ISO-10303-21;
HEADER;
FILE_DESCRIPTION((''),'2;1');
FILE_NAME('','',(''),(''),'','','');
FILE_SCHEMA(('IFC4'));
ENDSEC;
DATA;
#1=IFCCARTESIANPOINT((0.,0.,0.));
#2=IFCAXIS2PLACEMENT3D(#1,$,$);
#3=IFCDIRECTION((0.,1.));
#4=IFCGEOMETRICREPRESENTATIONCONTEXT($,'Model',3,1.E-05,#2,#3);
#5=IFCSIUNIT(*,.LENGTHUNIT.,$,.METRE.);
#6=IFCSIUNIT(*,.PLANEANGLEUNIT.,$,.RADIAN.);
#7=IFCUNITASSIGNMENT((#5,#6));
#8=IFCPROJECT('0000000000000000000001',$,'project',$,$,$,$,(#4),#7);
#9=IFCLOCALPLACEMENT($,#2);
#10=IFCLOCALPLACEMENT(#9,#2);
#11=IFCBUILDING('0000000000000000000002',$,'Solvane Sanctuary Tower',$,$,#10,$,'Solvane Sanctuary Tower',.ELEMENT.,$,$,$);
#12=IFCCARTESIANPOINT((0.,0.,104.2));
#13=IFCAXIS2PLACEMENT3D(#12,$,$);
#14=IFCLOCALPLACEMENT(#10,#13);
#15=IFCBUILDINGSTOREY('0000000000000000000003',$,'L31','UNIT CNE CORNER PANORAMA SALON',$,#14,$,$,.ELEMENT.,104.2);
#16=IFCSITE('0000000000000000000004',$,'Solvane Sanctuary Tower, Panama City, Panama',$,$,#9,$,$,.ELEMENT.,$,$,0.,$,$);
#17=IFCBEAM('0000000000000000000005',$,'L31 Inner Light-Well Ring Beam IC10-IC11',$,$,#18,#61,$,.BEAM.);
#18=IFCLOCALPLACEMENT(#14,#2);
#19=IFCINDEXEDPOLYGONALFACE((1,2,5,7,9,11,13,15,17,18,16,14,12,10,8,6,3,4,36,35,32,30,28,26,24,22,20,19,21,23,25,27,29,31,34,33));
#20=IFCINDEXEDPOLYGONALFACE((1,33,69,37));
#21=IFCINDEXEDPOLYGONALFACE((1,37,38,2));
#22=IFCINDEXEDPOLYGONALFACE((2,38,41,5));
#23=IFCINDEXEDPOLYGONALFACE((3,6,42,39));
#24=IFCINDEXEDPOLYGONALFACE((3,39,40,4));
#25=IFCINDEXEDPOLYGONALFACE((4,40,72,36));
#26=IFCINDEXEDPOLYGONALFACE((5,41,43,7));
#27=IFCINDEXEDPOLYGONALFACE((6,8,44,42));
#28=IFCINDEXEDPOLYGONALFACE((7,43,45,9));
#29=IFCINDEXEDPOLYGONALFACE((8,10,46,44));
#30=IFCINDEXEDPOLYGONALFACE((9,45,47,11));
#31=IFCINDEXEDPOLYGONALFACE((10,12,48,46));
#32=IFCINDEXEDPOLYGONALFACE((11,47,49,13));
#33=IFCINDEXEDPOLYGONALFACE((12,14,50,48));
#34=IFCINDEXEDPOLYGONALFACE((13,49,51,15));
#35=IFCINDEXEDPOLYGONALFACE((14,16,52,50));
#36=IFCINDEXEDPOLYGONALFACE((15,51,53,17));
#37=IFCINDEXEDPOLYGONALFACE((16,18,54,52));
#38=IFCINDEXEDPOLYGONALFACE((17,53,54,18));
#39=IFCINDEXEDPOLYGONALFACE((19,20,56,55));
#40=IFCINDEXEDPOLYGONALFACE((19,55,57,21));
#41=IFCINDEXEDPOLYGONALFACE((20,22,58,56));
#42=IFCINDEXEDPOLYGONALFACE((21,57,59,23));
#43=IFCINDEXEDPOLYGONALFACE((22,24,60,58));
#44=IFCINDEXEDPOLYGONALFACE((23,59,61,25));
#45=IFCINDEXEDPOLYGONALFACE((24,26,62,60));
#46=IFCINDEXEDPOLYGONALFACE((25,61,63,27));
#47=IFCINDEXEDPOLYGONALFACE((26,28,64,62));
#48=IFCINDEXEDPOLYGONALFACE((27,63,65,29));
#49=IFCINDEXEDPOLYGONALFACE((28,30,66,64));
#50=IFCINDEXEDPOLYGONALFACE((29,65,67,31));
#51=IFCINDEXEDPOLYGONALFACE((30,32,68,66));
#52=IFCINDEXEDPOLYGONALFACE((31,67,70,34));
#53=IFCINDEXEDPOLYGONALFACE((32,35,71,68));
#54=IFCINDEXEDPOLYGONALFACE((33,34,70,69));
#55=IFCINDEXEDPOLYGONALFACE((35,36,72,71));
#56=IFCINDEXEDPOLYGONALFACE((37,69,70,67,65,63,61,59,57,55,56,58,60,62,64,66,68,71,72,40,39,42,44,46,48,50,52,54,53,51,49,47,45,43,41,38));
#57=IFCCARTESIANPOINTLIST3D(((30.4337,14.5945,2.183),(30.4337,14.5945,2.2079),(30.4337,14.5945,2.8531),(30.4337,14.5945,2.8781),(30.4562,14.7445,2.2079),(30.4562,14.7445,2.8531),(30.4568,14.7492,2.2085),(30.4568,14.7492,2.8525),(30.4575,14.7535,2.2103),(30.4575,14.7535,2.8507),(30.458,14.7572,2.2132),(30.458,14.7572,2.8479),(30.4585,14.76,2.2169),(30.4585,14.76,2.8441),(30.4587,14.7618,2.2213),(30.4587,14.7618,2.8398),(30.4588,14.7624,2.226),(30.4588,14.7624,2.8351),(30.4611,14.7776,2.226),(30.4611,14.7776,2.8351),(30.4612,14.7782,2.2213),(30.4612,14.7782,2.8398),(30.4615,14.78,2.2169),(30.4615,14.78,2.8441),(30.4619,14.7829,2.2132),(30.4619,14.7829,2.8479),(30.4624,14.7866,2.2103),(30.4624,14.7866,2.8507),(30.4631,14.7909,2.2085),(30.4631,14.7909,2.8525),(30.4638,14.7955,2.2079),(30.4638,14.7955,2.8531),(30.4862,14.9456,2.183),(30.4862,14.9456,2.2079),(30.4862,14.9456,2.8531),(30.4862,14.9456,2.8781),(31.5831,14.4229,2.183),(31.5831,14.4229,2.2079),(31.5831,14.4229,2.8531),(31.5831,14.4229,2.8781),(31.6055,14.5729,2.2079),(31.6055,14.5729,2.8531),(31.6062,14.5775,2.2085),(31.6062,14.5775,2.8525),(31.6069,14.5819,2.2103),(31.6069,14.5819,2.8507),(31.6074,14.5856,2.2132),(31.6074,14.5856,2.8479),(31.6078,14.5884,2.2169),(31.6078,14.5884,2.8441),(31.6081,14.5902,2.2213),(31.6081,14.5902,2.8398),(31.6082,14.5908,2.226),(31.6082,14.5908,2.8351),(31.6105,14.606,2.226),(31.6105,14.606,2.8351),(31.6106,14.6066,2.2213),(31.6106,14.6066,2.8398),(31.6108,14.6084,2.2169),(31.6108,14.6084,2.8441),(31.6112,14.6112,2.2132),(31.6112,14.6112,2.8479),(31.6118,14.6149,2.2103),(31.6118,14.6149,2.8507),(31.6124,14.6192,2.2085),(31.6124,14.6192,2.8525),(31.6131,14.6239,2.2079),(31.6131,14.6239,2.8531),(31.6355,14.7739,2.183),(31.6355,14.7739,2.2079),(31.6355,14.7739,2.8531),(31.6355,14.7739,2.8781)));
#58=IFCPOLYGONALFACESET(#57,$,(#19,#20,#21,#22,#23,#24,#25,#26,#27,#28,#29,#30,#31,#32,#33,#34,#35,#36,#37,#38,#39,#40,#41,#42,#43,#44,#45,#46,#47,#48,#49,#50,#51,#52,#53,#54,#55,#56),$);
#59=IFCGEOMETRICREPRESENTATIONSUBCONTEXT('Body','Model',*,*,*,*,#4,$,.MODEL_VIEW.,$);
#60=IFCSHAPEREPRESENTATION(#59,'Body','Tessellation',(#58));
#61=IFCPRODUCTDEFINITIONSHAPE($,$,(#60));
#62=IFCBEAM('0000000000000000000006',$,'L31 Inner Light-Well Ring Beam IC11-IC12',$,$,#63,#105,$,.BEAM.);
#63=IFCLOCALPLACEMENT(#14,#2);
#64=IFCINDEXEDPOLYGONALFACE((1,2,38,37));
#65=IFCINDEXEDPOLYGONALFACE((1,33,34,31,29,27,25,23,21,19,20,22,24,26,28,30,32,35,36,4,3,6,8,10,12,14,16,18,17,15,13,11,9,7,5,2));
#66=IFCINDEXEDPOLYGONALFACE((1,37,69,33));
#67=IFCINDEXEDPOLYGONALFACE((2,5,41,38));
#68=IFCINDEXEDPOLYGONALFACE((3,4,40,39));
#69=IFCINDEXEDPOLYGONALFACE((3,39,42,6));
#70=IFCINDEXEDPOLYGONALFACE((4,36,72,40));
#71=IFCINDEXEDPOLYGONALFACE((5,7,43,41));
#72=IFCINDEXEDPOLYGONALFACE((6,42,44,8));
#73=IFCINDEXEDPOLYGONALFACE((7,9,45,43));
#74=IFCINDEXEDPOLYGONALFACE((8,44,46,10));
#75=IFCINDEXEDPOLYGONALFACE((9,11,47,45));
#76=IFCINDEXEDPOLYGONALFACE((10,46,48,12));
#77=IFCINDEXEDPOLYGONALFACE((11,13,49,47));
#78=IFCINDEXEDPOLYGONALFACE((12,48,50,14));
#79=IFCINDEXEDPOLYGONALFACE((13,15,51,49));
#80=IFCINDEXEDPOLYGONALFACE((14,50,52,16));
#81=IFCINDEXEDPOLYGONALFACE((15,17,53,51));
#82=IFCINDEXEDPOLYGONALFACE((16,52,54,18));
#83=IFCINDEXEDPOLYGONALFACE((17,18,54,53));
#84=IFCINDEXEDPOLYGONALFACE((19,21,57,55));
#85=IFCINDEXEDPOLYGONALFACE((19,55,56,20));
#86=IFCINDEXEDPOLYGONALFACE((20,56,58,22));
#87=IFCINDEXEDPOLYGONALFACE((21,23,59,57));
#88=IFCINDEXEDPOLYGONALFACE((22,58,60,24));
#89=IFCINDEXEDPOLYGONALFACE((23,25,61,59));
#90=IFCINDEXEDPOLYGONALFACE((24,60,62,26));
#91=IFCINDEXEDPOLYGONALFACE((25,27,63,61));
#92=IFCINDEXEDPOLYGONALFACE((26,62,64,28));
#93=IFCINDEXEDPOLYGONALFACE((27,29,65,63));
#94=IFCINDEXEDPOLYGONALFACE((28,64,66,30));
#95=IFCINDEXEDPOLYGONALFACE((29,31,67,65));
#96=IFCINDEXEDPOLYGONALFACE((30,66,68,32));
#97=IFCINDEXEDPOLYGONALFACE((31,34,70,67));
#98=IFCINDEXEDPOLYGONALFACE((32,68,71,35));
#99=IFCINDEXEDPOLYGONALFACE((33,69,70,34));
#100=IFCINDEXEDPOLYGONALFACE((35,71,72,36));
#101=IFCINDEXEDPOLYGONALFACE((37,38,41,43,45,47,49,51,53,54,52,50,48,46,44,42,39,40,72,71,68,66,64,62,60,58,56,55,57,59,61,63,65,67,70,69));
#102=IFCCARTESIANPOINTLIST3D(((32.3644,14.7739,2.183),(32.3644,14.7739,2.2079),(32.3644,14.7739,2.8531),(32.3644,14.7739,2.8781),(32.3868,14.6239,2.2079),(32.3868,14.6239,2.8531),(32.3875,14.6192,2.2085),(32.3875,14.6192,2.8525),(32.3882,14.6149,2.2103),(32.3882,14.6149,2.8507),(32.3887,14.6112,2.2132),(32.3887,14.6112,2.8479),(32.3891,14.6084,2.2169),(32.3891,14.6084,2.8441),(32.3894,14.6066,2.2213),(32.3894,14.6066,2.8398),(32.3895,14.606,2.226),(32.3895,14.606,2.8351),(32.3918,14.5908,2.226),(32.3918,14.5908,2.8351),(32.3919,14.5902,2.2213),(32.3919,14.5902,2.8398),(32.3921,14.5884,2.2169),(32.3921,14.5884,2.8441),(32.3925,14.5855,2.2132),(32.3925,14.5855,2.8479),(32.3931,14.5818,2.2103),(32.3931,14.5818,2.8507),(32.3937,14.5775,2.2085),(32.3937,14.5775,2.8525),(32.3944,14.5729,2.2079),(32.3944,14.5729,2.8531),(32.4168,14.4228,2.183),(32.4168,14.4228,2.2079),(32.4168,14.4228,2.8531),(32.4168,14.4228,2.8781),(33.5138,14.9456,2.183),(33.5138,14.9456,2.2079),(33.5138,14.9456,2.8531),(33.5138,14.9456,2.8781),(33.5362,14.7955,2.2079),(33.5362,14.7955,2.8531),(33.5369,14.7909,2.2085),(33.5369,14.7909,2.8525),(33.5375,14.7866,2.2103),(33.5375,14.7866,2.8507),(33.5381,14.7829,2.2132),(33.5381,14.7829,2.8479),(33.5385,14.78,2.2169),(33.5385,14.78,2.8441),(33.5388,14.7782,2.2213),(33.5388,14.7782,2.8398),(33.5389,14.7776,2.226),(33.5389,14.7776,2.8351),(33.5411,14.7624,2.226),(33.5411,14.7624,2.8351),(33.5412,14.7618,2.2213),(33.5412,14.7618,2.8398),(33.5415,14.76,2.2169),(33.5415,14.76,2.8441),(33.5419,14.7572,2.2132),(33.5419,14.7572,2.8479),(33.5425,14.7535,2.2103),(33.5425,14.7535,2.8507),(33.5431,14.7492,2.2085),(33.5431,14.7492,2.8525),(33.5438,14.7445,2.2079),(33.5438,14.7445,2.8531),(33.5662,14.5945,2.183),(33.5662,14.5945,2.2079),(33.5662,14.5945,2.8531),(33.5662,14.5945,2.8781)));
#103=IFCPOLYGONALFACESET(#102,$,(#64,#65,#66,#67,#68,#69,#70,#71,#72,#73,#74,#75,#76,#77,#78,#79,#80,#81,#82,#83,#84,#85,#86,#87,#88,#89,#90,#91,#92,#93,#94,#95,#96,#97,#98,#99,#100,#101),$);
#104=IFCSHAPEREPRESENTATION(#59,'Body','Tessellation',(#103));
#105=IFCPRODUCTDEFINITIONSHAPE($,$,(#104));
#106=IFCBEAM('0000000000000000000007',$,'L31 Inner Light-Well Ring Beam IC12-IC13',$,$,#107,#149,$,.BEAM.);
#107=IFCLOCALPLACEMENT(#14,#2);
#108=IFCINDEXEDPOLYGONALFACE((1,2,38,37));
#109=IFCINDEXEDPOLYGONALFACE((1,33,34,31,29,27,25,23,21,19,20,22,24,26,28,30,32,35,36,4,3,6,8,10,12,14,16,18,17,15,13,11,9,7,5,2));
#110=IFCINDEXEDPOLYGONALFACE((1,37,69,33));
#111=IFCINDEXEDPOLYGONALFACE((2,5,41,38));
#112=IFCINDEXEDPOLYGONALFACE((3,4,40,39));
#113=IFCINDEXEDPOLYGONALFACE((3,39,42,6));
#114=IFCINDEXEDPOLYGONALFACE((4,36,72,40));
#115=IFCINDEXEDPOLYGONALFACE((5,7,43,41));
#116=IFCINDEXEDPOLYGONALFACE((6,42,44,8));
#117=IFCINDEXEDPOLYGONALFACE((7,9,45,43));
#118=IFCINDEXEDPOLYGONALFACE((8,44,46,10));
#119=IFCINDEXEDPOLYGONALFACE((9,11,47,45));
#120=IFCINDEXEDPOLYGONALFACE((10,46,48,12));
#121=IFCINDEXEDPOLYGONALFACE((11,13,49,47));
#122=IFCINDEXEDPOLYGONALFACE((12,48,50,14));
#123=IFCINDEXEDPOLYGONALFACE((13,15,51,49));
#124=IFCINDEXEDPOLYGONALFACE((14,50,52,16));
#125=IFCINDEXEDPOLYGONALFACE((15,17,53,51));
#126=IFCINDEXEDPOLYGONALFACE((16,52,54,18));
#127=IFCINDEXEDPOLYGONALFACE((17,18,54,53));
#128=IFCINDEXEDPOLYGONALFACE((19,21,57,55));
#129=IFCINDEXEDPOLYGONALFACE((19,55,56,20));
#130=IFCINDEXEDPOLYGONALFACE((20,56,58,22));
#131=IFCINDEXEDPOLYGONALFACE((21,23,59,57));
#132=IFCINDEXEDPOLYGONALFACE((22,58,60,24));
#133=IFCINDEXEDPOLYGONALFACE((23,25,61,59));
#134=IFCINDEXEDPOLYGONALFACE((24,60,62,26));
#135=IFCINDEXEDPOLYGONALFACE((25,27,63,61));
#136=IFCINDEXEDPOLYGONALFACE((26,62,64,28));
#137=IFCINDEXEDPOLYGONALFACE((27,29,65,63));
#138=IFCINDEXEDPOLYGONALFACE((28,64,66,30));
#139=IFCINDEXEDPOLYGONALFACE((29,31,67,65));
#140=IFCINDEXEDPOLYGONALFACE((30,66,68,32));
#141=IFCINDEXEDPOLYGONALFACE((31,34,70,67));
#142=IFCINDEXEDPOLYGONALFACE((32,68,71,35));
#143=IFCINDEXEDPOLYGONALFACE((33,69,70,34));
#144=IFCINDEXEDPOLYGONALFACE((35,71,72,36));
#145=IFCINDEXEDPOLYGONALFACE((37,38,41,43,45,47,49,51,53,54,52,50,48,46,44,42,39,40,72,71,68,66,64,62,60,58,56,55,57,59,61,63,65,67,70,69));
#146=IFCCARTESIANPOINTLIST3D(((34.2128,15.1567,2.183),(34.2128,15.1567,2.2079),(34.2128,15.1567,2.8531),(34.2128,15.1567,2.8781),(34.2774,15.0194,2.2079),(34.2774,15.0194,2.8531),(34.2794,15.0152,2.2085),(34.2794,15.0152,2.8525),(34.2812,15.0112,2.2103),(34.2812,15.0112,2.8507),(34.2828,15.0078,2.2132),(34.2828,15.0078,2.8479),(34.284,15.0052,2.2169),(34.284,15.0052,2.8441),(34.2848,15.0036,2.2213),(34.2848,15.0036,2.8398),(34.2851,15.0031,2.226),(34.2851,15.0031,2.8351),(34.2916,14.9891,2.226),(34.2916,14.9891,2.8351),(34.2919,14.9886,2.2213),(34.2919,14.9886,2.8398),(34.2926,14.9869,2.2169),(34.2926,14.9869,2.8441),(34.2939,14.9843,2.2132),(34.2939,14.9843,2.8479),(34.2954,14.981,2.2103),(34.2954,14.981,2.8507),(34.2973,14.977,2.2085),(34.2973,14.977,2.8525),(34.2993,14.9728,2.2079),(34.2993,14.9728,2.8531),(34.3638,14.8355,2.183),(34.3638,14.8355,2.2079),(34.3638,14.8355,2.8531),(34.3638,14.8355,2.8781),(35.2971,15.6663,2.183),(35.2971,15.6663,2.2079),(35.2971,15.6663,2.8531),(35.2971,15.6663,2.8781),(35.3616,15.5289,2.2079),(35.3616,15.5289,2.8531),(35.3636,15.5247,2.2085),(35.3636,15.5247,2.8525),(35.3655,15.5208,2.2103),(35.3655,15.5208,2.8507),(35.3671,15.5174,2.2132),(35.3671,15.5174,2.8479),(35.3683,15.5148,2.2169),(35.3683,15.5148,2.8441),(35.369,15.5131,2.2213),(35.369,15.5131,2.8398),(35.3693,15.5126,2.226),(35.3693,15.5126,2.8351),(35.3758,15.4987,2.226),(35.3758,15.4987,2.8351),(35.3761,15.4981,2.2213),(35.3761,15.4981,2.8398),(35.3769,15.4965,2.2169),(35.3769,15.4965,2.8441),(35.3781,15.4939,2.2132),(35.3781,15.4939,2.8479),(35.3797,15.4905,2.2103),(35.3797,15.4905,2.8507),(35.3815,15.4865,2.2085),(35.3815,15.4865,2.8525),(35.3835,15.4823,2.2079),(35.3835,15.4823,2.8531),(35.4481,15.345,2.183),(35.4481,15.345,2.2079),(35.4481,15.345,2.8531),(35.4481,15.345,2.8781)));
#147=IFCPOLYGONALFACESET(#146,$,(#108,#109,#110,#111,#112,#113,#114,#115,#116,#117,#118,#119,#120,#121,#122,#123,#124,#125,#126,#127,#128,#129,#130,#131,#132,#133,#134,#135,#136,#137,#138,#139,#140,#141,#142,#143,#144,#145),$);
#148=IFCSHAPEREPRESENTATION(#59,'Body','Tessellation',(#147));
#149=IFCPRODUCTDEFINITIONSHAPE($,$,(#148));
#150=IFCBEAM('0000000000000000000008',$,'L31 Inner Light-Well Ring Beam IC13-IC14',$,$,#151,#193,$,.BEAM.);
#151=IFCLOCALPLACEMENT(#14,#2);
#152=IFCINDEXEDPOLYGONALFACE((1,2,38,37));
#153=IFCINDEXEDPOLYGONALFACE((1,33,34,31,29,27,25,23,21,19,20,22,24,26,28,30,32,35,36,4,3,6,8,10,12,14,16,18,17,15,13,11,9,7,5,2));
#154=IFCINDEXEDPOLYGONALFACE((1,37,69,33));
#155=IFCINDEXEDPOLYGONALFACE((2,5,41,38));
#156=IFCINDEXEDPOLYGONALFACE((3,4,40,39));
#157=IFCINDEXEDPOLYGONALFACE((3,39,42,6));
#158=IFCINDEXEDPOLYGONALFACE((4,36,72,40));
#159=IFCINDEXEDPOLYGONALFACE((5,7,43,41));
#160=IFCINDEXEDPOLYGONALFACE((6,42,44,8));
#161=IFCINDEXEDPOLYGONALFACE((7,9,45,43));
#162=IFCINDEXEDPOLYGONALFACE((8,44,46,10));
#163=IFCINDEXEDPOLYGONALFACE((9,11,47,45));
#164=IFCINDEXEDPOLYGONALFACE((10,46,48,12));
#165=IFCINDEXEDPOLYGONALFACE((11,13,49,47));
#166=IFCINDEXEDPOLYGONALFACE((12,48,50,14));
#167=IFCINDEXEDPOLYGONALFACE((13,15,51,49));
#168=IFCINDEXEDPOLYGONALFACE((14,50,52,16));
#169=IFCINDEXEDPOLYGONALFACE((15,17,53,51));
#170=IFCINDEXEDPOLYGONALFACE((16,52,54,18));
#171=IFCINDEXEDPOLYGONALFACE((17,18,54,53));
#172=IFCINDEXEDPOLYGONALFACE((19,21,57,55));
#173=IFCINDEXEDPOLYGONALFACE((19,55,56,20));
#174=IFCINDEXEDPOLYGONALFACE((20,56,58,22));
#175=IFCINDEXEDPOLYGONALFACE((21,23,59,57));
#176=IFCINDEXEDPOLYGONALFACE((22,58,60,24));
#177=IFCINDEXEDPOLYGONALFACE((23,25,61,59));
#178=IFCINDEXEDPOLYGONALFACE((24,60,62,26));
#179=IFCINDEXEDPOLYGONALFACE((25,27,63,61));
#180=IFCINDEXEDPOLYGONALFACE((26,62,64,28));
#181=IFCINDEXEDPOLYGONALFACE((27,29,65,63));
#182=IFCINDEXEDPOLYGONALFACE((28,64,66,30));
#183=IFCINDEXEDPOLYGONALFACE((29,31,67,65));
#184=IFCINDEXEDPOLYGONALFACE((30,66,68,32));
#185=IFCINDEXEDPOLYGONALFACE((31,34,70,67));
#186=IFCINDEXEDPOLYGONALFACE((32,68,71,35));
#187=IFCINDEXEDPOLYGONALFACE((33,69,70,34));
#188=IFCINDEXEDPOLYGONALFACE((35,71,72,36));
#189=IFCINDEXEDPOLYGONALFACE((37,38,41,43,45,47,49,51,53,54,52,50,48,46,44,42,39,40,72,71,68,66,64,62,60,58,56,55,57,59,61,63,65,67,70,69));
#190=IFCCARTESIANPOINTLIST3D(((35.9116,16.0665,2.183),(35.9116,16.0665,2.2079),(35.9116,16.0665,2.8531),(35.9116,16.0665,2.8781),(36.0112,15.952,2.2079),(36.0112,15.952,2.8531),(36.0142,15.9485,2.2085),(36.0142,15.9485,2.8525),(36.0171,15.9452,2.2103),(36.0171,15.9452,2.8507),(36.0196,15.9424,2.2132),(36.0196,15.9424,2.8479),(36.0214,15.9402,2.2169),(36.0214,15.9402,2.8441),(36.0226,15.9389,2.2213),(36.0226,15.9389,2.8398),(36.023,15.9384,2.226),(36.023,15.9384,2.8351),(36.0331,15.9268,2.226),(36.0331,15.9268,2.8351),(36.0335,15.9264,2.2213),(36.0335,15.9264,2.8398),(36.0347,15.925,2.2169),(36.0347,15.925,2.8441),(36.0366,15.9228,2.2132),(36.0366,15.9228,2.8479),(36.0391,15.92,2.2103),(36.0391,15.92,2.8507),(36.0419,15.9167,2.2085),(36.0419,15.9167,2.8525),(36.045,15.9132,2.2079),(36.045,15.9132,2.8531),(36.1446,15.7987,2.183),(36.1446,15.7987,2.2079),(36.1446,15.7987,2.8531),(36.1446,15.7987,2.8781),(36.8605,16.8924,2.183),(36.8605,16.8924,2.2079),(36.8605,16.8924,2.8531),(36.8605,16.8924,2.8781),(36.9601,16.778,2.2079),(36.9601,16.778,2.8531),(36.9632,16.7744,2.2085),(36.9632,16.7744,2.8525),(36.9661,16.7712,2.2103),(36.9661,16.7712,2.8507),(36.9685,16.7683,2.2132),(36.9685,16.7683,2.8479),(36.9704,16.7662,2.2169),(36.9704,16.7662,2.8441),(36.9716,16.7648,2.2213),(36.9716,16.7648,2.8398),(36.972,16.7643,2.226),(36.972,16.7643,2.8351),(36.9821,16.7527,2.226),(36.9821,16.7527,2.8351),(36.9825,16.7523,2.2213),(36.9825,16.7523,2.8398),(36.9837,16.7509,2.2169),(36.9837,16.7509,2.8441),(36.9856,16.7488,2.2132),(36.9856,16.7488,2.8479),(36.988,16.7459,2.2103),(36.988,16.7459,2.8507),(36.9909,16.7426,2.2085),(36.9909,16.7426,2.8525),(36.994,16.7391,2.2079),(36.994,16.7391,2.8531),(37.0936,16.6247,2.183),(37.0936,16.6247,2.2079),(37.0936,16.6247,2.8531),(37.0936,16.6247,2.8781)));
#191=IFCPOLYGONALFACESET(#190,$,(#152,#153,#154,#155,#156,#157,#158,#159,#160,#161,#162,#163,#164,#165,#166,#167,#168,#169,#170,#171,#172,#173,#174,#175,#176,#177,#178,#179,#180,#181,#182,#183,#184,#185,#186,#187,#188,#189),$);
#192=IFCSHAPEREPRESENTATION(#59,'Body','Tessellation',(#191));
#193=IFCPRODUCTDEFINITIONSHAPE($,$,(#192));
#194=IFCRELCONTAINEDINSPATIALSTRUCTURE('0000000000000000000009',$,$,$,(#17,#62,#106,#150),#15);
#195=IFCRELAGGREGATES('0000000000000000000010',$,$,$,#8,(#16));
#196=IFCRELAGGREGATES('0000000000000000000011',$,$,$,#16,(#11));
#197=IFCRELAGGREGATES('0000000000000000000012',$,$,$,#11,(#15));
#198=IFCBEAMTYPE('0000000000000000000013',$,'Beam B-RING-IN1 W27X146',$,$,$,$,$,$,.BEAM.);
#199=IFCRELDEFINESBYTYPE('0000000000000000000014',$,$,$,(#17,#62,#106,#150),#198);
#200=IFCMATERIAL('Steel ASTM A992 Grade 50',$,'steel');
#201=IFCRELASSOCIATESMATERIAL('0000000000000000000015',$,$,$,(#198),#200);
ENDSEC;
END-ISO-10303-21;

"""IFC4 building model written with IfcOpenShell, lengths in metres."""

from ifc_helpers import new_model, si_unit, direction, frame, origin, origin_2d, place, context, subcontext, project, spatial, i_section, extrude, material, material_profile, profile_set, type_object, element, save


model = new_model("IFC4")

# Units and contexts
model_context = context("Model", 3, precision=1e-05, world=origin(), true_north=direction((0.0, 1.0)))
body_context = subcontext(model_context, "Body", "Model", "MODEL_VIEW")
ifc_project = project(units=[si_unit("LENGTHUNIT", "METRE"), si_unit("PLANEANGLEUNIT", "RADIAN")], contexts=[model_context])

# Site, building, storey
site_placement = place(None, origin())
site = spatial("IfcSite", under=ifc_project, at=site_placement, Name="Solvane Sanctuary Tower, Panama City, Panama", CompositionType="ELEMENT", RefElevation=0.0)
building_placement = place(site_placement, origin())
building = spatial("IfcBuilding", under=site, at=building_placement, Name="Solvane Sanctuary Tower", LongName="Solvane Sanctuary Tower", CompositionType="ELEMENT")
storey_placement = place(building_placement, frame((0.0, 0.0, 104.2)))
storey = spatial("IfcBuildingStorey", under=building, at=storey_placement, Name="L31", Description="UNIT CNE CORNER PANORAMA SALON", CompositionType="ELEMENT", Elevation=104.2)

# Beams
ifc_material_1 = material(Name="Steel ASTM A992 Grade 50", Category="steel")
ifc_material_profile_1 = material_profile(ifc_material_1, i_section(OverallWidth=0.355, OverallDepth=0.6951, WebThickness=0.0154, FlangeThickness=0.0249, FilletRadius=0.0181, at=origin_2d()), Name="W27X146")
ifc_profile_set_1 = profile_set([ifc_material_profile_1], Name="Steel ASTM A992 Grade 50")
beam_type_1 = type_object("IfcBeamType", Name="Beam B-RING-IN1 W27X146", PredefinedType="BEAM", material=ifc_profile_set_1)
for number, where, z_axis, x_axis, name in (
    (1, (30.46, 14.77, 2.5305), (0.989035, -0.147683, 0.0), (0.147683, 0.989035, 0.0), "L31 Inner Light-Well Ring Beam IC10-IC11"),
    (2, (32.3906, 14.5984, 2.5305), (0.989035, 0.147683, 0.0), (-0.147683, 0.989035, 0.0), "L31 Inner Light-Well Ring Beam IC11-IC12"),
):
    element("IfcBeam", number, at=place(storey_placement, frame(where, z_axis=z_axis, x_axis=x_axis)), inside=storey, type_object=beam_type_1, Name=name, PredefinedType="BEAM", context=body_context, shape_type="SweptSolid", body=[
        extrude(i_section(OverallWidth=0.355, OverallDepth=0.6951, WebThickness=0.0154, FlangeThickness=0.0249, FilletRadius=0.0181, at=origin_2d()), origin(), (0.0, 0.0, 1.0), 1.1621),
    ])
beam_1_placement = place(storey_placement, frame((34.2883, 14.9961, 2.5305), z_axis=(0.905045, 0.425316, 0.0), x_axis=(-0.425316, 0.905045, 0.0)))
element("IfcBeam", 3, at=beam_1_placement, inside=storey, type_object=beam_type_1, Name="L31 Inner Light-Well Ring Beam IC12-IC13", PredefinedType="BEAM", context=body_context, shape_type="SweptSolid", body=[
    extrude(i_section(OverallWidth=0.355, OverallDepth=0.6951, WebThickness=0.0154, FlangeThickness=0.0249, FilletRadius=0.0181, at=origin_2d()), origin(), (0.0, 0.0, 1.0), 1.198),
])
beam_2_placement = place(storey_placement, frame((36.0281, 15.9326, 2.5305), z_axis=(0.754317, 0.65651, 0.0), x_axis=(-0.65651, 0.754317, 0.0)))
element("IfcBeam", 4, at=beam_2_placement, inside=storey, type_object=beam_type_1, Name="L31 Inner Light-Well Ring Beam IC13-IC14", PredefinedType="BEAM", context=body_context, shape_type="SweptSolid", body=[
    extrude(i_section(OverallWidth=0.355, OverallDepth=0.6951, WebThickness=0.0154, FlangeThickness=0.0249, FilletRadius=0.0181, at=origin_2d()), origin(), (0.0, 0.0, 1.0), 1.2581),
])

save(model, "model.ifc")
